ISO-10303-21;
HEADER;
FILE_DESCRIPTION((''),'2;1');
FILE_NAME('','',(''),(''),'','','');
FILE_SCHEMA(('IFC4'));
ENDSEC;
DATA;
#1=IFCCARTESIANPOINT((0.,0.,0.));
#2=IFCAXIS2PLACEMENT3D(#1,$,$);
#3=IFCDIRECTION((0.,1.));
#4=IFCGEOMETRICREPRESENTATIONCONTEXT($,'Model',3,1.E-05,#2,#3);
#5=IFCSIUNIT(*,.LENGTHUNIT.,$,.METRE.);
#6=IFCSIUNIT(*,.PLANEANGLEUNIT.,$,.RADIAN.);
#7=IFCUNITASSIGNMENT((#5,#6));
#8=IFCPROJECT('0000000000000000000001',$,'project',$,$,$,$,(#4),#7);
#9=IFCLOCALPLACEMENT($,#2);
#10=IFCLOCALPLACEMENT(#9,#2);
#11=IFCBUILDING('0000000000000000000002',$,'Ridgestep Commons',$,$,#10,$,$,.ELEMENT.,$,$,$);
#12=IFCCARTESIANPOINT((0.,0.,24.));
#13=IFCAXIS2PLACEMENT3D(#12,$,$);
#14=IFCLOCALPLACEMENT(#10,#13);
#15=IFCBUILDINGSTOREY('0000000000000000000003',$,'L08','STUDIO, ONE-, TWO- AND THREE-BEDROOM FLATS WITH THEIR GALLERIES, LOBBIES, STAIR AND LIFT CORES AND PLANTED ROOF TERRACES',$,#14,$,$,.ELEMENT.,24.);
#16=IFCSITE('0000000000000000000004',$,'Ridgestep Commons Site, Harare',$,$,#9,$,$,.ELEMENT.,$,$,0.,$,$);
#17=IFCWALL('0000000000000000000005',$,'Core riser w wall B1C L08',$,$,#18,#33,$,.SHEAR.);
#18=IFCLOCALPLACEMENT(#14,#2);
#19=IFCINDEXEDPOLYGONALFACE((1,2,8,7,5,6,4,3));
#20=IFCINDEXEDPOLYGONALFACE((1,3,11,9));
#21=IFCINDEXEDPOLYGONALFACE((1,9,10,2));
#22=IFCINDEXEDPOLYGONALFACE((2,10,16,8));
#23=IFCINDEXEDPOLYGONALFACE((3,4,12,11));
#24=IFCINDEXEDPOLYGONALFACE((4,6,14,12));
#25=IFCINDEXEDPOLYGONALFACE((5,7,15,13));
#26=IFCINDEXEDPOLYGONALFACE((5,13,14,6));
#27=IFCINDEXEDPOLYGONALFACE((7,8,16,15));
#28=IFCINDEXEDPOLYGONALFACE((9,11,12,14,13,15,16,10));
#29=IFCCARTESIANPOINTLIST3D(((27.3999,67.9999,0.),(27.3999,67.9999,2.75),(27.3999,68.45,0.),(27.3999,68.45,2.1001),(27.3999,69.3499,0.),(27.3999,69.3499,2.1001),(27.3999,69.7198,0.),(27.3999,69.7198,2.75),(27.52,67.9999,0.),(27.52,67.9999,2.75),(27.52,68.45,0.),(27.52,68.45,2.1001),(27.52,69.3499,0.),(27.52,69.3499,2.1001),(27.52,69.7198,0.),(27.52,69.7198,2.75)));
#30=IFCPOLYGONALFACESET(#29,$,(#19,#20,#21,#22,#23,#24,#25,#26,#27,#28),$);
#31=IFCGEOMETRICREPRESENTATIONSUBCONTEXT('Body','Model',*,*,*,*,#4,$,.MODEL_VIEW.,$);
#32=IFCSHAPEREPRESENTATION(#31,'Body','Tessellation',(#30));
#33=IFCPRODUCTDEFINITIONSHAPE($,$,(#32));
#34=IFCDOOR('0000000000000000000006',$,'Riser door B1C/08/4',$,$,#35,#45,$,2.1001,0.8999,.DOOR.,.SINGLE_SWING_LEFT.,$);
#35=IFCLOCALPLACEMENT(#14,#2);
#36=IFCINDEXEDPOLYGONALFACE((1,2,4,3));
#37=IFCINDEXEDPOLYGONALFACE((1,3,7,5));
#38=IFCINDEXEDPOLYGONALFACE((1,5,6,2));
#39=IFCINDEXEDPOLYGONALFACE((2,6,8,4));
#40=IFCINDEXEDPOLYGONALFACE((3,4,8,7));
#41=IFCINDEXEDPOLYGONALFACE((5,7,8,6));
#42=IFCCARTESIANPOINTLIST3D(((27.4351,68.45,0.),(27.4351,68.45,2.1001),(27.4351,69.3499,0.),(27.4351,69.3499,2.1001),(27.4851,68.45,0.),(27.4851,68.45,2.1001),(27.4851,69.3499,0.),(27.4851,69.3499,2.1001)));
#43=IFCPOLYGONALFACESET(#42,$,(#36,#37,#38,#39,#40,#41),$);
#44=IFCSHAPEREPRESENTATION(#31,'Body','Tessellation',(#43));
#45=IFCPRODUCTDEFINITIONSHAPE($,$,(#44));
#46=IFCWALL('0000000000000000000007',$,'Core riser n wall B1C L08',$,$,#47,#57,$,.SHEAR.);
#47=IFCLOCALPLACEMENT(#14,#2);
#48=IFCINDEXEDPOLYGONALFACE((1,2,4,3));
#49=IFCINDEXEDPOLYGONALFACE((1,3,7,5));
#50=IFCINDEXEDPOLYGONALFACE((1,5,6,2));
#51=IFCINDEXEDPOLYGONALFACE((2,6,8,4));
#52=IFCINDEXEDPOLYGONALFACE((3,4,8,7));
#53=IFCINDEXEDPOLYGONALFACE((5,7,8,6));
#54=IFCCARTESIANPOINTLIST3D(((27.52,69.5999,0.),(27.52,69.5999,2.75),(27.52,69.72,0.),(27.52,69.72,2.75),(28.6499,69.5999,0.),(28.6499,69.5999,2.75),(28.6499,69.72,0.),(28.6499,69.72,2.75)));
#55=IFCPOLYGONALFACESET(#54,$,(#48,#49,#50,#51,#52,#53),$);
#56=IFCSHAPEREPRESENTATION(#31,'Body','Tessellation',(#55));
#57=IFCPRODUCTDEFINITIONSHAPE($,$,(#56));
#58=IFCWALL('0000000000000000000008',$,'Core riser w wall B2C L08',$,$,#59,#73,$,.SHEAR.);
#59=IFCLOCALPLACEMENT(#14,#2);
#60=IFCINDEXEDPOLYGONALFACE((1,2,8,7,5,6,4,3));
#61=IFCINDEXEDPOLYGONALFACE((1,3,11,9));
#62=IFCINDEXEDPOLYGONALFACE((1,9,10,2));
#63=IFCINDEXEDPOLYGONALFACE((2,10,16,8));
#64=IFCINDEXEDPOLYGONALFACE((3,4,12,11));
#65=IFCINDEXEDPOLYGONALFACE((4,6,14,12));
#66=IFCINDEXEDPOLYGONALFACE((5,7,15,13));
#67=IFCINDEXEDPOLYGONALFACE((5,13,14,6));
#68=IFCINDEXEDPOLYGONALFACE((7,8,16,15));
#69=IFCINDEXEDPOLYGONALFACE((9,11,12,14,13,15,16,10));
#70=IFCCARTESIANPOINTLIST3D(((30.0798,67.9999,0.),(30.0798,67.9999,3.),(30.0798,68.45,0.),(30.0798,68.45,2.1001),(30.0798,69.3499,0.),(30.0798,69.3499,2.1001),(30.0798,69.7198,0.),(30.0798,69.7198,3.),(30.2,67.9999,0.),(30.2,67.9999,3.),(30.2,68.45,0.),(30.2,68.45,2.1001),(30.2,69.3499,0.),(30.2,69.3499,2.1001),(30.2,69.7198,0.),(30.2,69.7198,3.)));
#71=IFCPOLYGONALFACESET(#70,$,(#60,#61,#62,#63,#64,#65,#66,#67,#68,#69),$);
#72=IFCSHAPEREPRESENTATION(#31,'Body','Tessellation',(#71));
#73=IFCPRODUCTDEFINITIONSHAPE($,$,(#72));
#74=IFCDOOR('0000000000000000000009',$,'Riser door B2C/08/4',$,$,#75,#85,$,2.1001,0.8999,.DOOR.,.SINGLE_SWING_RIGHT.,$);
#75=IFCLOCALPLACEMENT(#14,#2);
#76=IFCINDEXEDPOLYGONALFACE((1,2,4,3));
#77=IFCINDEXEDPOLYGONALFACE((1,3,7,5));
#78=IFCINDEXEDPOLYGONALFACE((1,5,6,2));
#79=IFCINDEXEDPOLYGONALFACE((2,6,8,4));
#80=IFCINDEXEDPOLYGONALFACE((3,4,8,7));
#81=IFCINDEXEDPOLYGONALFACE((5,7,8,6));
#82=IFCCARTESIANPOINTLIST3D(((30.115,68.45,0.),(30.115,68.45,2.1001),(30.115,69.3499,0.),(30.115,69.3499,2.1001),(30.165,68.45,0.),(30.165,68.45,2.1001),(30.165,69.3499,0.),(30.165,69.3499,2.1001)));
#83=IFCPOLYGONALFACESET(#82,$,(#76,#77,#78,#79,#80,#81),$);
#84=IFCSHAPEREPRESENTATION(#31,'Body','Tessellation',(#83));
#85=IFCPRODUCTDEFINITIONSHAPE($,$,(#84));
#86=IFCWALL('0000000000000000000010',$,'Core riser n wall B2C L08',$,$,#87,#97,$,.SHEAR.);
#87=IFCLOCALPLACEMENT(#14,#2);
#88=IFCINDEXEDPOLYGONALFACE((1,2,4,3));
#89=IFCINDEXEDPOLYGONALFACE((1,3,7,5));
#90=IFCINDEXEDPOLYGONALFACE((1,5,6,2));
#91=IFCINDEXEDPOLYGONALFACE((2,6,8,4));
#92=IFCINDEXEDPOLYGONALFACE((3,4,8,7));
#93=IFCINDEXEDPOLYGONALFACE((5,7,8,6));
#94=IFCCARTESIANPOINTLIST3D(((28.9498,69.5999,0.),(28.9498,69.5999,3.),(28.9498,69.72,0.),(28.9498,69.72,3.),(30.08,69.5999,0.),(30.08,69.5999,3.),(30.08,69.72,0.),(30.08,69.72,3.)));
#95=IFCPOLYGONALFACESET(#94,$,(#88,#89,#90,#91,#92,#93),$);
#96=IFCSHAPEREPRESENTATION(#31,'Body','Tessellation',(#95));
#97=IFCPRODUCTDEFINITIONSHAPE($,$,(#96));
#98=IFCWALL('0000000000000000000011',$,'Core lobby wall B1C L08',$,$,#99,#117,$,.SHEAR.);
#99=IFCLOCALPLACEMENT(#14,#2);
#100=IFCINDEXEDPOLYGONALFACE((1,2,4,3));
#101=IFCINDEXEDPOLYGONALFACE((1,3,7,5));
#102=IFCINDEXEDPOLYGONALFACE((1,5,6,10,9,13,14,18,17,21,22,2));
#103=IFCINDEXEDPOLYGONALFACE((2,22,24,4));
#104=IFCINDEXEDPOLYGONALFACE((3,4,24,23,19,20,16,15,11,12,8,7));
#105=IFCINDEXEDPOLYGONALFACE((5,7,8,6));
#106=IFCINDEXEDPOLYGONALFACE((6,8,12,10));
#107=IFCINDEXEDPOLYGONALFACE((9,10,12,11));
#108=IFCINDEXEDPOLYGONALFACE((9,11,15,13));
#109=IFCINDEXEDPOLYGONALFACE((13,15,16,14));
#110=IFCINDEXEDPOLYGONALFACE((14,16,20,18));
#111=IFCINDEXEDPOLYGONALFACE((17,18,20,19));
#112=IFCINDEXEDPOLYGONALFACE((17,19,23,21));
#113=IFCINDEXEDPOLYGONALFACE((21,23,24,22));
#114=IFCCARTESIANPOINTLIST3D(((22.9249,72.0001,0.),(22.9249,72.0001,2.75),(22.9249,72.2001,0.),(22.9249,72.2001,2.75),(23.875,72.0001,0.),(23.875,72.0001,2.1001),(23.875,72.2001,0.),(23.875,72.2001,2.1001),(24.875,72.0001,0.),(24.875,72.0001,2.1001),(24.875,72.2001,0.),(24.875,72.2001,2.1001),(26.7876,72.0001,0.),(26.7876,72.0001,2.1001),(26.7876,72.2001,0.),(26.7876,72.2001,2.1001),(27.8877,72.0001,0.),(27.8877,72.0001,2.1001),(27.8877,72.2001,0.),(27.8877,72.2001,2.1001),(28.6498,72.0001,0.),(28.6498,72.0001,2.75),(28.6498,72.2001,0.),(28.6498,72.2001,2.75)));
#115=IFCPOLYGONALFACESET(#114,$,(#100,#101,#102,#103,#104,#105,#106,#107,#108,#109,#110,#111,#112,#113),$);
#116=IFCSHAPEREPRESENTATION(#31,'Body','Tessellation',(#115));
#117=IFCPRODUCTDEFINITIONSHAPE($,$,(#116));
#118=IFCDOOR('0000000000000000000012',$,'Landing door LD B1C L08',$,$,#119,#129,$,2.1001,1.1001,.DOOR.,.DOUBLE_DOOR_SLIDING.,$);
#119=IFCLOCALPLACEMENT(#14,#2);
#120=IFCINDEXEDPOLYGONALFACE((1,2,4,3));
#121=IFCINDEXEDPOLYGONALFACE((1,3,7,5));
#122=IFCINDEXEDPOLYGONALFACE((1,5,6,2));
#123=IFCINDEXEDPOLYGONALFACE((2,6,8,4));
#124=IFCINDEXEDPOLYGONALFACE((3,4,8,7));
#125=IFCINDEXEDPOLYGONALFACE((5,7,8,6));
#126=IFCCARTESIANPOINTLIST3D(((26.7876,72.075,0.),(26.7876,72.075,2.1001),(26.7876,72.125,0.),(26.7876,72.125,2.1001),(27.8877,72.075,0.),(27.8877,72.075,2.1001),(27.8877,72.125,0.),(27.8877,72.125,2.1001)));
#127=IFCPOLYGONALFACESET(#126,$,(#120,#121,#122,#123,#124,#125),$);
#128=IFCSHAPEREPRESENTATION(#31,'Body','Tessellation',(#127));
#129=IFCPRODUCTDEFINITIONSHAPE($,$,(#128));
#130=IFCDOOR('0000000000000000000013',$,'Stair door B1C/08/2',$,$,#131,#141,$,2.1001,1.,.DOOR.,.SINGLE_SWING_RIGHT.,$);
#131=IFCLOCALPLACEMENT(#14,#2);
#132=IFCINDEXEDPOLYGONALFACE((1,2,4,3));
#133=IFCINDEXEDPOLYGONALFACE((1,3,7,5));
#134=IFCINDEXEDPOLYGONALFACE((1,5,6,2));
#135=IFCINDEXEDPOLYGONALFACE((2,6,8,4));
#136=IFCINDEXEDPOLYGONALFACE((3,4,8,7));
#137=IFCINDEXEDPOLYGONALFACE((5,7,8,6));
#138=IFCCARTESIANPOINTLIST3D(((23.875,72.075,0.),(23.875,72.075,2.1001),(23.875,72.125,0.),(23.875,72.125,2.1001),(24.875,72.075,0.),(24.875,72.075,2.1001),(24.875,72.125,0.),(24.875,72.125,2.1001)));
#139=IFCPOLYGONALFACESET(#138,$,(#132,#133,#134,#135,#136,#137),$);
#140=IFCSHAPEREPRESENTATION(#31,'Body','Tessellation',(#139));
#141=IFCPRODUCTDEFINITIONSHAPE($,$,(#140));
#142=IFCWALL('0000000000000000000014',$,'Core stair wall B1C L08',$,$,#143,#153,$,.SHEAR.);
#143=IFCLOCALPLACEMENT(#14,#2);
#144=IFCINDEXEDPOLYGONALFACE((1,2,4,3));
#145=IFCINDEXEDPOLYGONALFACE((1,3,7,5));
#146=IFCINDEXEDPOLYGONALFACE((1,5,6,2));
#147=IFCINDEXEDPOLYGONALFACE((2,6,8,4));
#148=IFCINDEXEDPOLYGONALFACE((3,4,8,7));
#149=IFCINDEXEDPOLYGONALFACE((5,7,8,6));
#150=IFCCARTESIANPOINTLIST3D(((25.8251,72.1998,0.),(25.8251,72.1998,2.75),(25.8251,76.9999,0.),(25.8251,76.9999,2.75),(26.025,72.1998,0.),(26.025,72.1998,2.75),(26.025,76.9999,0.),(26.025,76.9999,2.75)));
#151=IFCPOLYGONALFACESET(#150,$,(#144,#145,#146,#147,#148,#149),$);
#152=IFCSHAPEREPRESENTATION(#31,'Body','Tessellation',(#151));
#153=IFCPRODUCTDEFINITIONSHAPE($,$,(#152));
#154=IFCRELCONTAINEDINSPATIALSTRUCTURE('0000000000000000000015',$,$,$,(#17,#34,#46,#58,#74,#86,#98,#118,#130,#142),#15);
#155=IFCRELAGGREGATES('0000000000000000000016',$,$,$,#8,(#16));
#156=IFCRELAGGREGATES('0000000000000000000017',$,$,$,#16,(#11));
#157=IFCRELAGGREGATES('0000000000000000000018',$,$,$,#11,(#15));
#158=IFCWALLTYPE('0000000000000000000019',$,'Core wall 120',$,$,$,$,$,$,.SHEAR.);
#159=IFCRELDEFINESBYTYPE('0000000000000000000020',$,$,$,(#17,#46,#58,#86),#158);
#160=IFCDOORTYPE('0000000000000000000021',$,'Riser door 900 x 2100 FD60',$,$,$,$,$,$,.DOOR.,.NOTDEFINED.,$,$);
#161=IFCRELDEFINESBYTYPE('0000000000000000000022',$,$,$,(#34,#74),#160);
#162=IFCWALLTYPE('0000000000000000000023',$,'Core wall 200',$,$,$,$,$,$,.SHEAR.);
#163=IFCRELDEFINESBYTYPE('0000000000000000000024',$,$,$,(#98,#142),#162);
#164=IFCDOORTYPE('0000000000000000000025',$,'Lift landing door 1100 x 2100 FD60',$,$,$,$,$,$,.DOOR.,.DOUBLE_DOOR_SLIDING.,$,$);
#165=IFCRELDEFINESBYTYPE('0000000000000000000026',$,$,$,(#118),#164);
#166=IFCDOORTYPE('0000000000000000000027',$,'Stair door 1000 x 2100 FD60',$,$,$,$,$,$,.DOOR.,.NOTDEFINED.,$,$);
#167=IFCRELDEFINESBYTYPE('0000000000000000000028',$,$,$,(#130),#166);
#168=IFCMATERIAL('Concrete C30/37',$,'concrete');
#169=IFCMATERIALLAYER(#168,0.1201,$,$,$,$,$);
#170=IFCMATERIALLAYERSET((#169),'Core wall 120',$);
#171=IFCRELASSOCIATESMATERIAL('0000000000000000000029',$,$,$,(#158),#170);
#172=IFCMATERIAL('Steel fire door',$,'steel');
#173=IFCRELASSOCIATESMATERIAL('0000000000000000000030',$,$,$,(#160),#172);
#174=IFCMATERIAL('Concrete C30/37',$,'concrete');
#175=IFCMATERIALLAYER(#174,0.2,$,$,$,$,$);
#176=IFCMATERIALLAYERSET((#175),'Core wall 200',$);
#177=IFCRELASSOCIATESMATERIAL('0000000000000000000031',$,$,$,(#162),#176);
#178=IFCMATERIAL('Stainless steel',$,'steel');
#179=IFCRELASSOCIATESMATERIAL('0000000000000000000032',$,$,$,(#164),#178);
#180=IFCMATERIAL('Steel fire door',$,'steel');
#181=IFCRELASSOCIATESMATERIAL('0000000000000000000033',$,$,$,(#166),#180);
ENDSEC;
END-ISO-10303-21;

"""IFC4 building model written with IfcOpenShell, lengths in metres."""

from ifc_helpers import new_model, si_unit, direction, frame, frame_2d, origin, place, context, subcontext, project, spatial, rectangle, extrude, material, layer, layer_set, type_object, element, fill, save


model = new_model("IFC4")

# Units and contexts
model_context = context("Model", 3, precision=1e-05, world=origin(), true_north=direction((0.0, 1.0)))
body_context = subcontext(model_context, "Body", "Model", "MODEL_VIEW")
ifc_project = project(units=[si_unit("LENGTHUNIT", "METRE"), si_unit("PLANEANGLEUNIT", "RADIAN")], contexts=[model_context])

# Site, building, storey
site_placement = place(None, origin())
site = spatial("IfcSite", under=ifc_project, at=site_placement, Name="Ridgestep Commons Site, Harare", CompositionType="ELEMENT", RefElevation=0.0)
building_placement = place(site_placement, origin())
building = spatial("IfcBuilding", under=site, at=building_placement, Name="Ridgestep Commons", CompositionType="ELEMENT")
storey_placement = place(building_placement, frame((0.0, 0.0, 24.0)))
storey = spatial("IfcBuildingStorey", under=building, at=storey_placement, Name="L08", Description="STUDIO, ONE-, TWO- AND THREE-BEDROOM FLATS WITH THEIR GALLERIES, LOBBIES, STAIR AND LIFT CORES AND PLANTED ROOF TERRACES", CompositionType="ELEMENT", Elevation=24.0)

# Wall, opening, door
ifc_material_1 = material(Name="Concrete C30/37", Category="concrete")
ifc_layer_1 = layer(ifc_material_1, 0.1201)
ifc_layer_set_1 = layer_set([ifc_layer_1], Name="Core wall 120")
wall_type_1 = type_object("IfcWallType", Name="Core wall 120", PredefinedType="SHEAR", material=ifc_layer_set_1)
wall_1_placement = place(storey_placement, frame((27.46, 68.0, 0.0), z_axis=(0.0, 0.0, 1.0), x_axis=(0.0, 1.0, 0.0)))
wall_1 = element("IfcWall", 1, at=wall_1_placement, inside=storey, type_object=wall_type_1, Name="Core riser w wall B1C L08", PredefinedType="SHEAR", context=body_context, shape_type="SweptSolid", body=[
    extrude(rectangle(XDim=1.72, YDim=0.1201, at=frame_2d((0.8599, 0.0))), origin(), (0.0, 0.0, 1.0), 2.75),
])
opening_1_placement = place(wall_1_placement, frame((0.45, 0.0, 0.0)))
opening_1 = element("IfcOpeningElement", 2, at=opening_1_placement, cuts=wall_1, PredefinedType="OPENING", context=body_context, shape_type="SweptSolid", body=[
    extrude(rectangle(XDim=0.8999, YDim=2.1001, at=frame_2d((0.45, 1.05))), frame((0.0, 0.0701, 0.0), z_axis=(0.0, -1.0, 0.0), x_axis=(1.0, 0.0, 0.0)), (0.0, 0.0, 1.0), 0.1401),
])
ifc_material_2 = material(Name="Steel fire door", Category="steel")
door_type_1 = type_object("IfcDoorType", Name="Riser door 900 x 2100 FD60", OperationType="NOTDEFINED", PredefinedType="DOOR", material=ifc_material_2)
door_1_placement = place(opening_1_placement, origin())
door_1 = element("IfcDoor", 3, at=door_1_placement, inside=storey, type_object=door_type_1, Name="Riser door B1C/08/4", OperationType="SINGLE_SWING_LEFT", OverallHeight=2.1001, OverallWidth=0.8999, PredefinedType="DOOR", context=body_context, shape_type="SweptSolid", body=[
    extrude(rectangle(XDim=0.8999, YDim=2.1001, at=frame_2d((0.45, 1.05))), frame((0.0, 0.0249, 0.0), z_axis=(0.0, -1.0, 0.0), x_axis=(1.0, 0.0, 0.0)), (0.0, 0.0, 1.0), 0.05),
])
fill(opening_1, door_1)

# Wall
wall_2_placement = place(storey_placement, frame((27.52, 69.6599, 0.0), z_axis=(0.0, 0.0, 1.0), x_axis=(1.0, 0.0, 0.0)))
element("IfcWall", 4, at=wall_2_placement, inside=storey, type_object=wall_type_1, Name="Core riser n wall B1C L08", PredefinedType="SHEAR", context=body_context, shape_type="SweptSolid", body=[
    extrude(rectangle(XDim=1.1299, YDim=0.1201, at=frame_2d((0.5649, 0.0))), origin(), (0.0, 0.0, 1.0), 2.75),
])

# Wall, opening, door
wall_3_placement = place(storey_placement, frame((30.1399, 68.0, 0.0), z_axis=(0.0, 0.0, 1.0), x_axis=(0.0, 1.0, 0.0)))
wall_3 = element("IfcWall", 5, at=wall_3_placement, inside=storey, type_object=wall_type_1, Name="Core riser w wall B2C L08", PredefinedType="SHEAR", context=body_context, shape_type="SweptSolid", body=[
    extrude(rectangle(XDim=1.72, YDim=0.1201, at=frame_2d((0.8599, 0.0))), origin(), (0.0, 0.0, 1.0), 3.0),
])
opening_2_placement = place(wall_3_placement, frame((0.45, 0.0, 0.0)))
opening_2 = element("IfcOpeningElement", 6, at=opening_2_placement, cuts=wall_3, PredefinedType="OPENING", context=body_context, shape_type="SweptSolid", body=[
    extrude(rectangle(XDim=0.8999, YDim=2.1001, at=frame_2d((0.45, 1.05))), frame((0.0, 0.0701, 0.0), z_axis=(0.0, -1.0, 0.0), x_axis=(1.0, 0.0, 0.0)), (0.0, 0.0, 1.0), 0.1401),
])
door_2_placement = place(opening_2_placement, origin())
door_2 = element("IfcDoor", 7, at=door_2_placement, inside=storey, type_object=door_type_1, Name="Riser door B2C/08/4", OperationType="SINGLE_SWING_RIGHT", OverallHeight=2.1001, OverallWidth=0.8999, PredefinedType="DOOR", context=body_context, shape_type="SweptSolid", body=[
    extrude(rectangle(XDim=0.8999, YDim=2.1001, at=frame_2d((0.45, 1.05))), frame((0.0, 0.0249, 0.0), z_axis=(0.0, -1.0, 0.0), x_axis=(1.0, 0.0, 0.0)), (0.0, 0.0, 1.0), 0.05),
])
fill(opening_2, door_2)

# Wall
wall_4_placement = place(storey_placement, frame((28.95, 69.6599, 0.0), z_axis=(0.0, 0.0, 1.0), x_axis=(1.0, 0.0, 0.0)))
element("IfcWall", 8, at=wall_4_placement, inside=storey, type_object=wall_type_1, Name="Core riser n wall B2C L08", PredefinedType="SHEAR", context=body_context, shape_type="SweptSolid", body=[
    extrude(rectangle(XDim=1.1301, YDim=0.1201, at=frame_2d((0.5649, 0.0))), origin(), (0.0, 0.0, 1.0), 3.0),
])

# Wall, openings, doors
ifc_material_3 = material(Name="Concrete C30/37", Category="concrete")
ifc_layer_2 = layer(ifc_material_3, 0.2)
ifc_layer_set_2 = layer_set([ifc_layer_2], Name="Core wall 200")
wall_type_2 = type_object("IfcWallType", Name="Core wall 200", PredefinedType="SHEAR", material=ifc_layer_set_2)
wall_5_placement = place(storey_placement, frame((22.925, 72.1001, 0.0), z_axis=(0.0, 0.0, 1.0), x_axis=(1.0, 0.0, 0.0)))
wall_5 = element("IfcWall", 9, at=wall_5_placement, inside=storey, type_object=wall_type_2, Name="Core lobby wall B1C L08", PredefinedType="SHEAR", context=body_context, shape_type="SweptSolid", body=[
    extrude(rectangle(XDim=5.7249, YDim=0.2, at=frame_2d((2.8623, 0.0))), origin(), (0.0, 0.0, 1.0), 2.75),
])
opening_3_placement = place(wall_5_placement, frame((0.95, 0.0, 0.0)))
opening_3 = element("IfcOpeningElement", 10, at=opening_3_placement, cuts=wall_5, PredefinedType="OPENING", context=body_context, shape_type="SweptSolid", body=[
    extrude(rectangle(XDim=1.0, YDim=2.1001, at=frame_2d((0.5, 1.05))), frame((0.0, 0.1099, 0.0), z_axis=(0.0, -1.0, 0.0), x_axis=(1.0, 0.0, 0.0)), (0.0, 0.0, 1.0), 0.22),
])
opening_4_placement = place(wall_5_placement, frame((3.8625, 0.0, 0.0)))
opening_4 = element("IfcOpeningElement", 11, at=opening_4_placement, cuts=wall_5, PredefinedType="OPENING", context=body_context, shape_type="SweptSolid", body=[
    extrude(rectangle(XDim=1.1001, YDim=2.1001, at=frame_2d((0.55, 1.05))), frame((0.0, 0.1099, 0.0), z_axis=(0.0, -1.0, 0.0), x_axis=(1.0, 0.0, 0.0)), (0.0, 0.0, 1.0), 0.22),
])
ifc_material_4 = material(Name="Stainless steel", Category="steel")
door_type_2 = type_object("IfcDoorType", Name="Lift landing door 1100 x 2100 FD60", OperationType="DOUBLE_DOOR_SLIDING", PredefinedType="DOOR", material=ifc_material_4)
door_3_placement = place(opening_4_placement, origin())
door_3 = element("IfcDoor", 12, at=door_3_placement, inside=storey, type_object=door_type_2, Name="Landing door LD B1C L08", OperationType="DOUBLE_DOOR_SLIDING", OverallHeight=2.1001, OverallWidth=1.1001, PredefinedType="DOOR", context=body_context, shape_type="SweptSolid", body=[
    extrude(rectangle(XDim=1.1001, YDim=2.1001, at=frame_2d((0.55, 1.05))), frame((0.0, 0.0249, 0.0), z_axis=(0.0, -1.0, 0.0), x_axis=(1.0, 0.0, 0.0)), (0.0, 0.0, 1.0), 0.05),
])
fill(opening_4, door_3)
ifc_material_5 = material(Name="Steel fire door", Category="steel")
door_type_3 = type_object("IfcDoorType", Name="Stair door 1000 x 2100 FD60", OperationType="NOTDEFINED", PredefinedType="DOOR", material=ifc_material_5)
door_4_placement = place(opening_3_placement, origin())
door_4 = element("IfcDoor", 13, at=door_4_placement, inside=storey, type_object=door_type_3, Name="Stair door B1C/08/2", OperationType="SINGLE_SWING_RIGHT", OverallHeight=2.1001, OverallWidth=1.0, PredefinedType="DOOR", context=body_context, shape_type="SweptSolid", body=[
    extrude(rectangle(XDim=1.0, YDim=2.1001, at=frame_2d((0.5, 1.05))), frame((0.0, 0.0249, 0.0), z_axis=(0.0, -1.0, 0.0), x_axis=(1.0, 0.0, 0.0)), (0.0, 0.0, 1.0), 0.05),
])
fill(opening_3, door_4)

# Wall
wall_6_placement = place(storey_placement, frame((25.925, 72.2, 0.0), z_axis=(0.0, 0.0, 1.0), x_axis=(0.0, 1.0, 0.0)))
element("IfcWall", 14, at=wall_6_placement, inside=storey, type_object=wall_type_2, Name="Core stair wall B1C L08", PredefinedType="SHEAR", context=body_context, shape_type="SweptSolid", body=[
    extrude(rectangle(XDim=4.8, YDim=0.2, at=frame_2d((2.3999, 0.0))), origin(), (0.0, 0.0, 1.0), 2.75),
])

save(model, "model.ifc")
